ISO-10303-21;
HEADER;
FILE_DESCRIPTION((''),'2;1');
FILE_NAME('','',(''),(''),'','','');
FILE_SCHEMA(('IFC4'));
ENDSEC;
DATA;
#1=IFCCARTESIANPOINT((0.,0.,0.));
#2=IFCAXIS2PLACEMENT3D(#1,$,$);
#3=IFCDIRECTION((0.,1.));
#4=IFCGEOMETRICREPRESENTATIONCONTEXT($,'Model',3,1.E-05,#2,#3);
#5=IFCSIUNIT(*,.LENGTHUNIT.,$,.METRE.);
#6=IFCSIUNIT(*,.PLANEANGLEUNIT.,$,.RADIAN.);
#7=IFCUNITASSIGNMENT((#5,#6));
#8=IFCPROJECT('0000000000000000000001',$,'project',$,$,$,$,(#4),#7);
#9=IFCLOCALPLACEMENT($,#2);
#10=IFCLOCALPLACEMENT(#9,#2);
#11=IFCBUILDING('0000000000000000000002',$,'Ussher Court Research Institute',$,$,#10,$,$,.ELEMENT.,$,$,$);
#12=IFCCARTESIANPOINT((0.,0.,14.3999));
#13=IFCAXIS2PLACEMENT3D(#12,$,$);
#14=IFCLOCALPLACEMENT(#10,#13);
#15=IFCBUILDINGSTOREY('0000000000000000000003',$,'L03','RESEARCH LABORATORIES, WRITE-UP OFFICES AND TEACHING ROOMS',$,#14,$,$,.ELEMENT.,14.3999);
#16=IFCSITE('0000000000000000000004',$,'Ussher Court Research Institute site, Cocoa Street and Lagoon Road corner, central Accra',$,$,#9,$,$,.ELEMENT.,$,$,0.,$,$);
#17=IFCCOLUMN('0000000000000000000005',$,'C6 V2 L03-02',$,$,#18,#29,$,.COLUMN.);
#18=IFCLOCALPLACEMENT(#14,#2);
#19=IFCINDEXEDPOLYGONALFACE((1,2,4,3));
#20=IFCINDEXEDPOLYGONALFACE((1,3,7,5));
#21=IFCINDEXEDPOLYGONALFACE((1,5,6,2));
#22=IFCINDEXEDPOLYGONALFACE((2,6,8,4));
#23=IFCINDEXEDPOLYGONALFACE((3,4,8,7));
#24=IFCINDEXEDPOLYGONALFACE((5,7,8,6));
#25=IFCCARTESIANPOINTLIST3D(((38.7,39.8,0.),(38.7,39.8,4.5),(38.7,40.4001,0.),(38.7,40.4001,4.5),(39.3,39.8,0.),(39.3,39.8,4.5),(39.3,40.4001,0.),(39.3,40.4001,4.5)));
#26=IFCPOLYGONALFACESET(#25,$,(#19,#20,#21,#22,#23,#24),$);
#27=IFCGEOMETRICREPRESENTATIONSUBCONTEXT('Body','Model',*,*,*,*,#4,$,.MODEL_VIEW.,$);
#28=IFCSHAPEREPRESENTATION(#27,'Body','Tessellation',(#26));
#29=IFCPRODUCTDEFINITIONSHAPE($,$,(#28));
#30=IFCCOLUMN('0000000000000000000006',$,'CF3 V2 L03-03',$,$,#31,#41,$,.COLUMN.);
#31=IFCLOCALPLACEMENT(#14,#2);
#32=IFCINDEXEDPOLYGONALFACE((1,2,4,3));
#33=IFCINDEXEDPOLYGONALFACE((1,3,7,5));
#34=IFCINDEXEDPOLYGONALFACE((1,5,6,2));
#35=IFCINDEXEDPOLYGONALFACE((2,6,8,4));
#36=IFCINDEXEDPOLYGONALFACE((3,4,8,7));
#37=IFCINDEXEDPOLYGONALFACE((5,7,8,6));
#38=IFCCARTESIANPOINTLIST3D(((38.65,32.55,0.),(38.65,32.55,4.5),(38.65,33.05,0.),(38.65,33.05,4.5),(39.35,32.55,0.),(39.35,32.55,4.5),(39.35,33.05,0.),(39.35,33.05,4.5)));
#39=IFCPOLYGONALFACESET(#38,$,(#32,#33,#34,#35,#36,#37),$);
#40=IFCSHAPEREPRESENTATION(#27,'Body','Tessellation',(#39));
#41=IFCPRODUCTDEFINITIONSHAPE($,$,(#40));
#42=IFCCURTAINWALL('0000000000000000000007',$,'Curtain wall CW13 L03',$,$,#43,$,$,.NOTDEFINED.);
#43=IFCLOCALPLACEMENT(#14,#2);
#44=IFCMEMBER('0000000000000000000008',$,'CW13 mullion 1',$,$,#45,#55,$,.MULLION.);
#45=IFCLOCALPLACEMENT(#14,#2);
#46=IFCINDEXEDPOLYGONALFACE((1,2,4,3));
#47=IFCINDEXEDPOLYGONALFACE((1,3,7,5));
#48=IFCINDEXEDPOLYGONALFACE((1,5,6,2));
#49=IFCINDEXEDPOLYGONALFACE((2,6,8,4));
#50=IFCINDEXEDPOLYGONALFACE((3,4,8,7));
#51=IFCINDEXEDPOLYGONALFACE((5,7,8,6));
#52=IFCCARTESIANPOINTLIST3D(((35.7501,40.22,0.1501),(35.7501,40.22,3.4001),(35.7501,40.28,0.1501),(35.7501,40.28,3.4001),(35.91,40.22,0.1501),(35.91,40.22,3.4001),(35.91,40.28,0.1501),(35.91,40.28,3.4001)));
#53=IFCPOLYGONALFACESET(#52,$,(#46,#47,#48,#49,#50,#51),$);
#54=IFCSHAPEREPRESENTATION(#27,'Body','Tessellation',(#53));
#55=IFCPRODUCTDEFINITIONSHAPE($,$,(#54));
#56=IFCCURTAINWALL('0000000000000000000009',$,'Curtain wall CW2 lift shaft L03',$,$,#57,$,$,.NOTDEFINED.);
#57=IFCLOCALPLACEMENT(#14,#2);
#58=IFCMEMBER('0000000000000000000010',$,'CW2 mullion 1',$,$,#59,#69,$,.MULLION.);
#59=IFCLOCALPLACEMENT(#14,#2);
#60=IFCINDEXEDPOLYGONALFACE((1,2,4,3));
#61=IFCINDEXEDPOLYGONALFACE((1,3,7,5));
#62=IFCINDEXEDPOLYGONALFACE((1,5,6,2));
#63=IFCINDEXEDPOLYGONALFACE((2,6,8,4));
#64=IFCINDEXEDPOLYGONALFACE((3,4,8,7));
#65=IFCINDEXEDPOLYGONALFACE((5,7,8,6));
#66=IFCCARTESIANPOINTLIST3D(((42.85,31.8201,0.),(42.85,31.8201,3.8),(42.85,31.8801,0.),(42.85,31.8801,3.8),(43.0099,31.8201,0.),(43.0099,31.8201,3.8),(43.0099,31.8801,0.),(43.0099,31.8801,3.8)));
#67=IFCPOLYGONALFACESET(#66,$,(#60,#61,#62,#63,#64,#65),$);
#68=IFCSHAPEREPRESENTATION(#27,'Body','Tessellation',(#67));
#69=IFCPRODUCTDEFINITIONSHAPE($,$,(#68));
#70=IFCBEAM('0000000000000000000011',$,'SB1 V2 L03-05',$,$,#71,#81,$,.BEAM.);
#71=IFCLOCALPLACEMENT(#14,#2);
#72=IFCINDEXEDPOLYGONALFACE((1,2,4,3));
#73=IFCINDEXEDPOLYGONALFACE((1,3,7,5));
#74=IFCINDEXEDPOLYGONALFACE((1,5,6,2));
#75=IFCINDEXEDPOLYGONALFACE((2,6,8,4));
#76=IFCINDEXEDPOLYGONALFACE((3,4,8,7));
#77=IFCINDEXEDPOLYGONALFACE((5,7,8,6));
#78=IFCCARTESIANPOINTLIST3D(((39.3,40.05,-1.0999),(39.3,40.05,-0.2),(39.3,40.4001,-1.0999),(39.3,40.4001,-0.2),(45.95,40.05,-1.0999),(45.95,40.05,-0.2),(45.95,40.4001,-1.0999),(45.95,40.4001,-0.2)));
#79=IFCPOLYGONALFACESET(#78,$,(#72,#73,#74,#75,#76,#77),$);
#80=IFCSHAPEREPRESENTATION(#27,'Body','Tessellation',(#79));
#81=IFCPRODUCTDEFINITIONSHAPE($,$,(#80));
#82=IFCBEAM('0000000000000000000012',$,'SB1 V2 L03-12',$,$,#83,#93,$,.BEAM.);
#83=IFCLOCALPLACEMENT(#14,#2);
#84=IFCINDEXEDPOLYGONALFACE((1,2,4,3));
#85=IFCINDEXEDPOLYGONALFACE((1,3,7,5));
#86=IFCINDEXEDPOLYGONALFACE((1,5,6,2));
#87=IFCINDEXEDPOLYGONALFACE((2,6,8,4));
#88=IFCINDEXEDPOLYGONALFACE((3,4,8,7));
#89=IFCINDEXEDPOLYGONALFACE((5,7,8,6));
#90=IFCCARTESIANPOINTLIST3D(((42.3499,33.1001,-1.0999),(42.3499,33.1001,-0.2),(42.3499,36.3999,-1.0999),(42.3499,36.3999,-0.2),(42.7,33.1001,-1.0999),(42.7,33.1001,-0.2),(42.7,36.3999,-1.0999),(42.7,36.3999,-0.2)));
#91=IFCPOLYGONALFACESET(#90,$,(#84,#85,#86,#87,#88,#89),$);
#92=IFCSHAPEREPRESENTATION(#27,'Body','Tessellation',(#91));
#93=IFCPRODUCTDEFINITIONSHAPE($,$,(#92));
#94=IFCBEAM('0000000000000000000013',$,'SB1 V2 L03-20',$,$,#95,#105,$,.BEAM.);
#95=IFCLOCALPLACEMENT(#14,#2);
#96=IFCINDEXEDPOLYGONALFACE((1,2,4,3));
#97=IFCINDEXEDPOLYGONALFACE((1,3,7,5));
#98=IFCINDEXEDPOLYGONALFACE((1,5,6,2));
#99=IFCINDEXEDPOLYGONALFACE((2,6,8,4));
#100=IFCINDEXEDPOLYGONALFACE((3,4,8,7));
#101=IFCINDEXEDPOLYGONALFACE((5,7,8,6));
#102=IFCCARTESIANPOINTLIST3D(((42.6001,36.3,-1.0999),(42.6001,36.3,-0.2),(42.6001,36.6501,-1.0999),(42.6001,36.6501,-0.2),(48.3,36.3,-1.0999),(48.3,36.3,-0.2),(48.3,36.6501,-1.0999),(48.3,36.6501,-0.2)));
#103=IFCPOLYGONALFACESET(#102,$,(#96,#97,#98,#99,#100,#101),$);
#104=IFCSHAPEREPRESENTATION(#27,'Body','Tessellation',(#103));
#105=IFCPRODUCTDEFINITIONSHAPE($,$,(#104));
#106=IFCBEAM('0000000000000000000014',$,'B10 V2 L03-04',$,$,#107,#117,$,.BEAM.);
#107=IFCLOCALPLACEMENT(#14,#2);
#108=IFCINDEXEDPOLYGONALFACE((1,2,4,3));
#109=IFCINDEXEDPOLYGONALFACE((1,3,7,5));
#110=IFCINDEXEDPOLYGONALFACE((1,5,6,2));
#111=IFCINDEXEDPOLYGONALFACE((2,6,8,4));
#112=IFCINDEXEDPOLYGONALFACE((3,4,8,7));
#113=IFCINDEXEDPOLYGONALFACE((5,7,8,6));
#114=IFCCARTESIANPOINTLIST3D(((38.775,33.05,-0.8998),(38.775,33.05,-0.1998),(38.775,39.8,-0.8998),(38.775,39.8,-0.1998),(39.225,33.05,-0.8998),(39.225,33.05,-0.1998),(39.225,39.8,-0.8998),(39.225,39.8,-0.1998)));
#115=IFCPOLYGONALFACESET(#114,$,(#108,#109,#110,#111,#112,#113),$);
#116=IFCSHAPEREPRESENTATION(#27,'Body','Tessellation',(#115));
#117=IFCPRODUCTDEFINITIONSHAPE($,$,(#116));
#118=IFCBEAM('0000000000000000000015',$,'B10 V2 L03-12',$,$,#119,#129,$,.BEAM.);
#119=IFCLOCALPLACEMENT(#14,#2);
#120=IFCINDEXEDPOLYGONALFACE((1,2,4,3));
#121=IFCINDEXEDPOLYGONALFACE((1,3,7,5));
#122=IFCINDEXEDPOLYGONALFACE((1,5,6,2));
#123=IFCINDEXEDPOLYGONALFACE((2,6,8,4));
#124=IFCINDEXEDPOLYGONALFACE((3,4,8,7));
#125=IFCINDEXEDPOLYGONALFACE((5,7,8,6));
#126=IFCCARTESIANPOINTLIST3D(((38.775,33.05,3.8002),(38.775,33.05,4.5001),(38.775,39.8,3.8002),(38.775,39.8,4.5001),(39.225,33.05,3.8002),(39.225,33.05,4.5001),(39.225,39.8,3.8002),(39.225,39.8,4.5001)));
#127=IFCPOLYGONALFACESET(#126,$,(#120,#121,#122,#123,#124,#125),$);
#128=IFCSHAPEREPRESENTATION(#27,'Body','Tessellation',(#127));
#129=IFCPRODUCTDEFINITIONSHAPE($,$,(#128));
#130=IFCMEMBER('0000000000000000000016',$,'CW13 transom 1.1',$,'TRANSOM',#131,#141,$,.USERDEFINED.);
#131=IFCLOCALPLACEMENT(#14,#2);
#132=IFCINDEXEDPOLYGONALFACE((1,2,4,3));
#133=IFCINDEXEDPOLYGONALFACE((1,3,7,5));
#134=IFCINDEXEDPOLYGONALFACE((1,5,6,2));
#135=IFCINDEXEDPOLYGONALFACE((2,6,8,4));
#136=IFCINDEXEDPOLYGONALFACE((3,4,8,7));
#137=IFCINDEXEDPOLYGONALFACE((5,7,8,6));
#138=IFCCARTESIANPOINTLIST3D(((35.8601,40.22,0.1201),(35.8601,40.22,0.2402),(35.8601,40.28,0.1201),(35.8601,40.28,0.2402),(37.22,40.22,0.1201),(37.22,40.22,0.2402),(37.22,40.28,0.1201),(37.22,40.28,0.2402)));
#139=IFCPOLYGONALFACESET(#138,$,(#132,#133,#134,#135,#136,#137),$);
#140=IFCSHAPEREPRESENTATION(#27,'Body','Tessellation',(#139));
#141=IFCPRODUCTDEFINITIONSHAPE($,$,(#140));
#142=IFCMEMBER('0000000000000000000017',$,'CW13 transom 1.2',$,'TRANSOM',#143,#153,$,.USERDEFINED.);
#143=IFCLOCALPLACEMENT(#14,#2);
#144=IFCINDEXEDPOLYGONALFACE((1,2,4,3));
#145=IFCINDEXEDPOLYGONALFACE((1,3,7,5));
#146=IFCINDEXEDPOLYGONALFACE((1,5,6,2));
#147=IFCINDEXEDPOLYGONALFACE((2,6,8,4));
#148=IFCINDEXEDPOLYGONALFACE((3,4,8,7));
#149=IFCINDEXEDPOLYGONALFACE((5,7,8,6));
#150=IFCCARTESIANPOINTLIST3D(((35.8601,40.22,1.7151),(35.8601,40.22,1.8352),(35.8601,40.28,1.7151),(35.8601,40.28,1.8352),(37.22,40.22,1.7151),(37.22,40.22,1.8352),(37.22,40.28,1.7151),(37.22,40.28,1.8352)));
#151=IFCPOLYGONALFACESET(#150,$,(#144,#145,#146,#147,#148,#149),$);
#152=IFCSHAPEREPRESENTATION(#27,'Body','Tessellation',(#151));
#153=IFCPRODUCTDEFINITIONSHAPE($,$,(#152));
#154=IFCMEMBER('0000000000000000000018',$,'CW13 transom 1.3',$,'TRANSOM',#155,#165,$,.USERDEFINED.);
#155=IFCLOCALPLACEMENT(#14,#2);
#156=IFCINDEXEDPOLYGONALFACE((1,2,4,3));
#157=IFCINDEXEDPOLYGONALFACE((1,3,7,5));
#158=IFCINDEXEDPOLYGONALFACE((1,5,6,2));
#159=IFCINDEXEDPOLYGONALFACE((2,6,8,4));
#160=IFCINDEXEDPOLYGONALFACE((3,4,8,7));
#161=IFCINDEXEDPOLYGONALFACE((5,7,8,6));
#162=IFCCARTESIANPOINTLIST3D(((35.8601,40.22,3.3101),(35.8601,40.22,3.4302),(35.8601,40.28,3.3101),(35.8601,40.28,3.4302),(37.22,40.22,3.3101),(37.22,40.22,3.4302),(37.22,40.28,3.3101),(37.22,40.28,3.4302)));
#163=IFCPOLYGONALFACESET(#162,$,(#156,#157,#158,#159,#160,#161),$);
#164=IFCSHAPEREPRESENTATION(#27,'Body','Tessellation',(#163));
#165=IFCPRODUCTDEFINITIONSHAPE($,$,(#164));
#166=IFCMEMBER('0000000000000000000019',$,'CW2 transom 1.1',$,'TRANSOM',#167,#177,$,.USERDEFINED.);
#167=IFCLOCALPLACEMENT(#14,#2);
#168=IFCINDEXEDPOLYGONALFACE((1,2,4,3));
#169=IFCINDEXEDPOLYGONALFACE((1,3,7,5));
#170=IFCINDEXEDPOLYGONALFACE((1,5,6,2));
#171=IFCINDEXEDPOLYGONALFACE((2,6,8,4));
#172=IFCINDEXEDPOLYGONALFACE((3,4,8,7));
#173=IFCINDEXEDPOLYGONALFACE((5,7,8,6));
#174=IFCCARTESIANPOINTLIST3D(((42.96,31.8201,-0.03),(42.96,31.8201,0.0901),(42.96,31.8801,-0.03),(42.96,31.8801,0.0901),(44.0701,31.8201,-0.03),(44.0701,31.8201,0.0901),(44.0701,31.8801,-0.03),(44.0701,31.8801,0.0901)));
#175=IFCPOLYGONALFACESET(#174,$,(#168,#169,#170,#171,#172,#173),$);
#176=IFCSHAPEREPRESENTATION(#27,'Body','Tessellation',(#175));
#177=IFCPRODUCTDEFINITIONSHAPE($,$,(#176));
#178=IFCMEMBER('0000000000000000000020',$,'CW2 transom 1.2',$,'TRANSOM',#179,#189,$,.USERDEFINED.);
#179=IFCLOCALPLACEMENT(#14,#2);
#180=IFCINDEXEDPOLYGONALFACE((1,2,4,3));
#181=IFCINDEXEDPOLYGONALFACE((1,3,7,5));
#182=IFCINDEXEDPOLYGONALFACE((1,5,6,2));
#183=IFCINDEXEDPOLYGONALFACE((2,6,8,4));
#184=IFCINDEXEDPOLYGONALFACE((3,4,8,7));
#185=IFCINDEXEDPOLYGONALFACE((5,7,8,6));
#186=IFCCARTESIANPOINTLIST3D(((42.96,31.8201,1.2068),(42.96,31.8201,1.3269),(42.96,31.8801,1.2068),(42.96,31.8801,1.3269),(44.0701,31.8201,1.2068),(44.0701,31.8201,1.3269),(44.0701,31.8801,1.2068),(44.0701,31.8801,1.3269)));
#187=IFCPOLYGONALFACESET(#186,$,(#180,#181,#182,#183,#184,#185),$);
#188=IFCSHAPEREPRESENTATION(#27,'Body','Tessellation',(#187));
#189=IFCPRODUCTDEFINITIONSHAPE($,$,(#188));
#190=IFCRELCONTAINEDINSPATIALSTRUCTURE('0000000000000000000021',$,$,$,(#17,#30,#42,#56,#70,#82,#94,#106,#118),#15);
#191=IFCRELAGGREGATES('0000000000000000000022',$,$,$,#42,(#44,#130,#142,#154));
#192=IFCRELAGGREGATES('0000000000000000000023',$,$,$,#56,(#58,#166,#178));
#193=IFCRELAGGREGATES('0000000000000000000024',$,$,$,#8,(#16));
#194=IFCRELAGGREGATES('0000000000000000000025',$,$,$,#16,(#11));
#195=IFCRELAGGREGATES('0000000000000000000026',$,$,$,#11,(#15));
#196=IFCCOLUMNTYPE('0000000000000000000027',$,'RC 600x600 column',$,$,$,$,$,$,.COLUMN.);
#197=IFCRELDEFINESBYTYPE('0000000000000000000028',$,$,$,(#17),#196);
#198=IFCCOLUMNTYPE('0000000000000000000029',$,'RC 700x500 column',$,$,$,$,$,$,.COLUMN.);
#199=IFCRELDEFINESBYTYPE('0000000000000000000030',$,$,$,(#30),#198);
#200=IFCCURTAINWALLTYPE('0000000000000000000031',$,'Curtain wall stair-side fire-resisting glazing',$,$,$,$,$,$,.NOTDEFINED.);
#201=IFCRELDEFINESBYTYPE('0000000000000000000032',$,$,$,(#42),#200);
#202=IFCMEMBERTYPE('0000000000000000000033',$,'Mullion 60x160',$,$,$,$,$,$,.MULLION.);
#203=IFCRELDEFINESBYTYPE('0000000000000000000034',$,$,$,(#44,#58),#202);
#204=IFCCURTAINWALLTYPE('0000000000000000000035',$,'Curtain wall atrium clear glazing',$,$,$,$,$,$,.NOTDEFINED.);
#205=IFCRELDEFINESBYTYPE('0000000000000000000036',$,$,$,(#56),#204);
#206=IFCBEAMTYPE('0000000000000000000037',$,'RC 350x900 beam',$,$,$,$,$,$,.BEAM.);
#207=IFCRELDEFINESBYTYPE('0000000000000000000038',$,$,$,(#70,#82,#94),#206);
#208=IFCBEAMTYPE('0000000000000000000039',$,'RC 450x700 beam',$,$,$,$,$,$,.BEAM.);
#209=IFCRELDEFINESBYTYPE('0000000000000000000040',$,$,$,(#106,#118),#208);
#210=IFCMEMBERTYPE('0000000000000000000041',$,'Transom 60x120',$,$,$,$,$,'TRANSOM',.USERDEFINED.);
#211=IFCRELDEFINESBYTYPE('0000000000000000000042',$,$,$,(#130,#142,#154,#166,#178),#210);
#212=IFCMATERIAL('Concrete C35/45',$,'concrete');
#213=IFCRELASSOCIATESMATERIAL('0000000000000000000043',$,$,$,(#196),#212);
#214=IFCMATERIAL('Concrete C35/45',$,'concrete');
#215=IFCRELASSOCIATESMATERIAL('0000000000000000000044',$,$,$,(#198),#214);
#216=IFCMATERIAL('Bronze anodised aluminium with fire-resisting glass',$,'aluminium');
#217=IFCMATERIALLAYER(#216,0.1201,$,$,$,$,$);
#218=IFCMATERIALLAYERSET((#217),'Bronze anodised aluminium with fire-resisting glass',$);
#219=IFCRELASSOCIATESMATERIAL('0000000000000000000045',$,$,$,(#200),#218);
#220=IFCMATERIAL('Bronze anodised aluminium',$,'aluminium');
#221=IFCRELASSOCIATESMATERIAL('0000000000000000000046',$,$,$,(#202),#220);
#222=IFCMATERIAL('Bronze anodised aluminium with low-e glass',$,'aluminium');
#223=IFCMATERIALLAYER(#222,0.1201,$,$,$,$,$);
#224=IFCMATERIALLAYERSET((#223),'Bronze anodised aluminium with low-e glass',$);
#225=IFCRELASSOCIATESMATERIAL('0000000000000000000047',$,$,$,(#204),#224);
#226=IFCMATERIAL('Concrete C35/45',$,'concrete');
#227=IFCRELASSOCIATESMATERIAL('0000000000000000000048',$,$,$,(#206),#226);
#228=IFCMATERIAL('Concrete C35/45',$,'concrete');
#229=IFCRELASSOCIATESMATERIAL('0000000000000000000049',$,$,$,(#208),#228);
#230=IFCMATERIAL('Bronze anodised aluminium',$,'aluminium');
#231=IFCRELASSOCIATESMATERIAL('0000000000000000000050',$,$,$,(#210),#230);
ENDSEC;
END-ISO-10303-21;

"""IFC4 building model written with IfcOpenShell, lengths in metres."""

from ifc_helpers import new_model, si_unit, direction, frame, origin, origin_2d, place, context, subcontext, project, spatial, rectangle, extrude, material, layer, layer_set, material_profile, profile_set, type_object, element, aggregate, save


model = new_model("IFC4")

# Units and contexts
model_context = context("Model", 3, precision=1e-05, world=origin(), true_north=direction((0.0, 1.0)))
body_context = subcontext(model_context, "Body", "Model", "MODEL_VIEW")
ifc_project = project(units=[si_unit("LENGTHUNIT", "METRE"), si_unit("PLANEANGLEUNIT", "RADIAN")], contexts=[model_context])

# Site, building, storey
site_placement = place(None, origin())
site = spatial("IfcSite", under=ifc_project, at=site_placement, Name="Ussher Court Research Institute site, Cocoa Street and Lagoon Road corner, central Accra", CompositionType="ELEMENT", RefElevation=0.0)
building_placement = place(site_placement, origin())
building = spatial("IfcBuilding", under=site, at=building_placement, Name="Ussher Court Research Institute", CompositionType="ELEMENT")
storey_placement = place(building_placement, frame((0.0, 0.0, 14.3999)))
storey = spatial("IfcBuildingStorey", under=building, at=storey_placement, Name="L03", Description="RESEARCH LABORATORIES, WRITE-UP OFFICES AND TEACHING ROOMS", CompositionType="ELEMENT", Elevation=14.3999)

# Columns
ifc_material_1 = material(Name="Concrete C35/45", Category="concrete")
ifc_material_profile_1 = material_profile(ifc_material_1, rectangle(XDim=0.6001, YDim=0.6001, at=origin_2d()), Name="RC 600x600")
ifc_profile_set_1 = profile_set([ifc_material_profile_1], Name="Concrete C35/45")
column_type_1 = type_object("IfcColumnType", Name="RC 600x600 column", PredefinedType="COLUMN", material=ifc_profile_set_1)
column_1_placement = place(storey_placement, frame((39.0, 40.1001, 0.0), z_axis=(0.0, 0.0, 1.0), x_axis=(1.0, 0.0, 0.0)))
element("IfcColumn", 1, at=column_1_placement, inside=storey, type_object=column_type_1, Name="C6 V2 L03-02", PredefinedType="COLUMN", context=body_context, shape_type="SweptSolid", body=[
    extrude(rectangle(XDim=0.6001, YDim=0.6001, at=origin_2d()), origin(), (0.0, 0.0, 1.0), 4.5),
])
ifc_material_2 = material(Name="Concrete C35/45", Category="concrete")
ifc_material_profile_2 = material_profile(ifc_material_2, rectangle(XDim=0.7, YDim=0.5, at=origin_2d()), Name="RC 700x500")
ifc_profile_set_2 = profile_set([ifc_material_profile_2], Name="Concrete C35/45")
column_type_2 = type_object("IfcColumnType", Name="RC 700x500 column", PredefinedType="COLUMN", material=ifc_profile_set_2)
column_2_placement = place(storey_placement, frame((39.0, 32.8, 0.0), z_axis=(0.0, 0.0, 1.0), x_axis=(1.0, 0.0, 0.0)))
element("IfcColumn", 2, at=column_2_placement, inside=storey, type_object=column_type_2, Name="CF3 V2 L03-03", PredefinedType="COLUMN", context=body_context, shape_type="SweptSolid", body=[
    extrude(rectangle(XDim=0.7, YDim=0.5, at=origin_2d()), origin(), (0.0, 0.0, 1.0), 4.5),
])

# Curtain walls, members
ifc_material_3 = material(Name="Bronze anodised aluminium with fire-resisting glass", Category="aluminium")
ifc_layer_1 = layer(ifc_material_3, 0.1201)
ifc_layer_set_1 = layer_set([ifc_layer_1], Name="Bronze anodised aluminium with fire-resisting glass")
curtain_wall_type_1 = type_object("IfcCurtainWallType", Name="Curtain wall stair-side fire-resisting glazing", PredefinedType="NOTDEFINED", material=ifc_layer_set_1)
curtain_wall_1_placement = place(storey_placement, origin())
curtain_wall_1 = element("IfcCurtainWall", 3, at=curtain_wall_1_placement, inside=storey, type_object=curtain_wall_type_1, Name="Curtain wall CW13 L03", PredefinedType="NOTDEFINED")
ifc_material_4 = material(Name="Bronze anodised aluminium", Category="aluminium")
ifc_material_profile_3 = material_profile(ifc_material_4, rectangle(XDim=0.0601, YDim=0.1599, at=origin_2d()), Name="Mullion 60x160")
ifc_profile_set_3 = profile_set([ifc_material_profile_3], Name="Bronze anodised aluminium")
member_type_1 = type_object("IfcMemberType", Name="Mullion 60x160", PredefinedType="MULLION", material=ifc_profile_set_3)
member_1_placement = place(storey_placement, frame((35.8301, 40.25, 0.1501), z_axis=(0.0, 0.0, 1.0), x_axis=(0.0, 1.0, 0.0)))
member_1 = element("IfcMember", 4, at=member_1_placement, type_object=member_type_1, Name="CW13 mullion 1", PredefinedType="MULLION", context=body_context, shape_type="SweptSolid", body=[
    extrude(rectangle(XDim=0.0601, YDim=0.1599, at=origin_2d()), origin(), (0.0, 0.0, 1.0), 3.25),
])
ifc_material_5 = material(Name="Bronze anodised aluminium with low-e glass", Category="aluminium")
ifc_layer_2 = layer(ifc_material_5, 0.1201)
ifc_layer_set_2 = layer_set([ifc_layer_2], Name="Bronze anodised aluminium with low-e glass")
curtain_wall_type_2 = type_object("IfcCurtainWallType", Name="Curtain wall atrium clear glazing", PredefinedType="NOTDEFINED", material=ifc_layer_set_2)
curtain_wall_2_placement = place(storey_placement, origin())
curtain_wall_2 = element("IfcCurtainWall", 5, at=curtain_wall_2_placement, inside=storey, type_object=curtain_wall_type_2, Name="Curtain wall CW2 lift shaft L03", PredefinedType="NOTDEFINED")
member_2_placement = place(storey_placement, frame((42.9299, 31.8501, 0.0), z_axis=(0.0, 0.0, 1.0), x_axis=(0.0, 1.0, 0.0)))
member_2 = element("IfcMember", 6, at=member_2_placement, type_object=member_type_1, Name="CW2 mullion 1", PredefinedType="MULLION", context=body_context, shape_type="SweptSolid", body=[
    extrude(rectangle(XDim=0.0601, YDim=0.1599, at=origin_2d()), origin(), (0.0, 0.0, 1.0), 3.8),
])

# Beams
ifc_material_6 = material(Name="Concrete C35/45", Category="concrete")
ifc_material_profile_4 = material_profile(ifc_material_6, rectangle(XDim=0.3501, YDim=0.8999, at=origin_2d()), Name="RC 350x900")
ifc_profile_set_4 = profile_set([ifc_material_profile_4], Name="Concrete C35/45")
beam_type_1 = type_object("IfcBeamType", Name="RC 350x900 beam", PredefinedType="BEAM", material=ifc_profile_set_4)
beam_1_placement = place(storey_placement, frame((39.3, 40.2251, -0.6499), z_axis=(1.0, 0.0, 0.0), x_axis=(0.0, 1.0, 0.0)))
element("IfcBeam", 7, at=beam_1_placement, inside=storey, type_object=beam_type_1, Name="SB1 V2 L03-05", PredefinedType="BEAM", context=body_context, shape_type="SweptSolid", body=[
    extrude(rectangle(XDim=0.3501, YDim=0.8999, at=origin_2d()), origin(), (0.0, 0.0, 1.0), 6.6499),
])
beam_2_placement = place(storey_placement, frame((42.5249, 33.1001, -0.6499), z_axis=(0.0, 1.0, 0.0), x_axis=(-1.0, 0.0, 0.0)))
element("IfcBeam", 8, at=beam_2_placement, inside=storey, type_object=beam_type_1, Name="SB1 V2 L03-12", PredefinedType="BEAM", context=body_context, shape_type="SweptSolid", body=[
    extrude(rectangle(XDim=0.3501, YDim=0.8999, at=origin_2d()), origin(), (0.0, 0.0, 1.0), 3.2998),
])
beam_3_placement = place(storey_placement, frame((42.6001, 36.4751, -0.6499), z_axis=(1.0, 0.0, 0.0), x_axis=(0.0, 1.0, 0.0)))
element("IfcBeam", 9, at=beam_3_placement, inside=storey, type_object=beam_type_1, Name="SB1 V2 L03-20", PredefinedType="BEAM", context=body_context, shape_type="SweptSolid", body=[
    extrude(rectangle(XDim=0.3501, YDim=0.8999, at=origin_2d()), origin(), (0.0, 0.0, 1.0), 5.7),
])
ifc_material_7 = material(Name="Concrete C35/45", Category="concrete")
ifc_material_profile_5 = material_profile(ifc_material_7, rectangle(XDim=0.45, YDim=0.7, at=origin_2d()), Name="RC 450x700")
ifc_profile_set_5 = profile_set([ifc_material_profile_5], Name="Concrete C35/45")
beam_type_2 = type_object("IfcBeamType", Name="RC 450x700 beam", PredefinedType="BEAM", material=ifc_profile_set_5)
for number, where, z_axis, x_axis, name in (
    (10, (39.0, 33.05, -0.5498), (0.0, 1.0, 0.0), (-1.0, 0.0, 0.0), "B10 V2 L03-04"),
    (11, (39.0, 33.05, 4.1501), (0.0, 1.0, 0.0), (-1.0, 0.0, 0.0), "B10 V2 L03-12"),
):
    element("IfcBeam", number, at=place(storey_placement, frame(where, z_axis=z_axis, x_axis=x_axis)), inside=storey, type_object=beam_type_2, Name=name, PredefinedType="BEAM", context=body_context, shape_type="SweptSolid", body=[
        extrude(rectangle(XDim=0.45, YDim=0.7, at=origin_2d()), origin(), (0.0, 0.0, 1.0), 6.75),
    ])

# Members
ifc_material_8 = material(Name="Bronze anodised aluminium", Category="aluminium")
ifc_material_profile_6 = material_profile(ifc_material_8, rectangle(XDim=0.0601, YDim=0.1201, at=origin_2d()), Name="Transom 60x120")
ifc_profile_set_6 = profile_set([ifc_material_profile_6], Name="Bronze anodised aluminium")
member_type_2 = type_object("IfcMemberType", Name="Transom 60x120", ElementType="TRANSOM", PredefinedType="USERDEFINED", material=ifc_profile_set_6)
member_3_placement = place(storey_placement, frame((35.8601, 40.25, 0.1802), z_axis=(1.0, 0.0, 0.0), x_axis=(0.0, 1.0, 0.0)))
member_3 = element("IfcMember", 12, at=member_3_placement, type_object=member_type_2, Name="CW13 transom 1.1", ObjectType="TRANSOM", PredefinedType="USERDEFINED", context=body_context, shape_type="SweptSolid", body=[
    extrude(rectangle(XDim=0.0601, YDim=0.1201, at=origin_2d()), origin(), (0.0, 0.0, 1.0), 1.3599),
])
member_4_placement = place(storey_placement, frame((35.8601, 40.25, 1.7751), z_axis=(1.0, 0.0, 0.0), x_axis=(0.0, 1.0, 0.0)))
member_4 = element("IfcMember", 13, at=member_4_placement, type_object=member_type_2, Name="CW13 transom 1.2", ObjectType="TRANSOM", PredefinedType="USERDEFINED", context=body_context, shape_type="SweptSolid", body=[
    extrude(rectangle(XDim=0.0601, YDim=0.1201, at=origin_2d()), origin(), (0.0, 0.0, 1.0), 1.3599),
])
member_5_placement = place(storey_placement, frame((35.8601, 40.25, 3.3701), z_axis=(1.0, 0.0, 0.0), x_axis=(0.0, 1.0, 0.0)))
member_5 = element("IfcMember", 14, at=member_5_placement, type_object=member_type_2, Name="CW13 transom 1.3", ObjectType="TRANSOM", PredefinedType="USERDEFINED", context=body_context, shape_type="SweptSolid", body=[
    extrude(rectangle(XDim=0.0601, YDim=0.1201, at=origin_2d()), origin(), (0.0, 0.0, 1.0), 1.3599),
])
member_6_placement = place(storey_placement, frame((42.96, 31.8501, 0.03), z_axis=(1.0, 0.0, 0.0), x_axis=(0.0, 1.0, 0.0)))
member_6 = element("IfcMember", 15, at=member_6_placement, type_object=member_type_2, Name="CW2 transom 1.1", ObjectType="TRANSOM", PredefinedType="USERDEFINED", context=body_context, shape_type="SweptSolid", body=[
    extrude(rectangle(XDim=0.0601, YDim=0.1201, at=origin_2d()), origin(), (0.0, 0.0, 1.0), 1.1101),
])
member_7_placement = place(storey_placement, frame((42.96, 31.8501, 1.2668), z_axis=(1.0, 0.0, 0.0), x_axis=(0.0, 1.0, 0.0)))
member_7 = element("IfcMember", 16, at=member_7_placement, type_object=member_type_2, Name="CW2 transom 1.2", ObjectType="TRANSOM", PredefinedType="USERDEFINED", context=body_context, shape_type="SweptSolid", body=[
    extrude(rectangle(XDim=0.0601, YDim=0.1201, at=origin_2d()), origin(), (0.0, 0.0, 1.0), 1.1101),
])

aggregate(curtain_wall_1, [member_1, member_3, member_4, member_5])
aggregate(curtain_wall_2, [member_2, member_6, member_7])

save(model, "model.ifc")
